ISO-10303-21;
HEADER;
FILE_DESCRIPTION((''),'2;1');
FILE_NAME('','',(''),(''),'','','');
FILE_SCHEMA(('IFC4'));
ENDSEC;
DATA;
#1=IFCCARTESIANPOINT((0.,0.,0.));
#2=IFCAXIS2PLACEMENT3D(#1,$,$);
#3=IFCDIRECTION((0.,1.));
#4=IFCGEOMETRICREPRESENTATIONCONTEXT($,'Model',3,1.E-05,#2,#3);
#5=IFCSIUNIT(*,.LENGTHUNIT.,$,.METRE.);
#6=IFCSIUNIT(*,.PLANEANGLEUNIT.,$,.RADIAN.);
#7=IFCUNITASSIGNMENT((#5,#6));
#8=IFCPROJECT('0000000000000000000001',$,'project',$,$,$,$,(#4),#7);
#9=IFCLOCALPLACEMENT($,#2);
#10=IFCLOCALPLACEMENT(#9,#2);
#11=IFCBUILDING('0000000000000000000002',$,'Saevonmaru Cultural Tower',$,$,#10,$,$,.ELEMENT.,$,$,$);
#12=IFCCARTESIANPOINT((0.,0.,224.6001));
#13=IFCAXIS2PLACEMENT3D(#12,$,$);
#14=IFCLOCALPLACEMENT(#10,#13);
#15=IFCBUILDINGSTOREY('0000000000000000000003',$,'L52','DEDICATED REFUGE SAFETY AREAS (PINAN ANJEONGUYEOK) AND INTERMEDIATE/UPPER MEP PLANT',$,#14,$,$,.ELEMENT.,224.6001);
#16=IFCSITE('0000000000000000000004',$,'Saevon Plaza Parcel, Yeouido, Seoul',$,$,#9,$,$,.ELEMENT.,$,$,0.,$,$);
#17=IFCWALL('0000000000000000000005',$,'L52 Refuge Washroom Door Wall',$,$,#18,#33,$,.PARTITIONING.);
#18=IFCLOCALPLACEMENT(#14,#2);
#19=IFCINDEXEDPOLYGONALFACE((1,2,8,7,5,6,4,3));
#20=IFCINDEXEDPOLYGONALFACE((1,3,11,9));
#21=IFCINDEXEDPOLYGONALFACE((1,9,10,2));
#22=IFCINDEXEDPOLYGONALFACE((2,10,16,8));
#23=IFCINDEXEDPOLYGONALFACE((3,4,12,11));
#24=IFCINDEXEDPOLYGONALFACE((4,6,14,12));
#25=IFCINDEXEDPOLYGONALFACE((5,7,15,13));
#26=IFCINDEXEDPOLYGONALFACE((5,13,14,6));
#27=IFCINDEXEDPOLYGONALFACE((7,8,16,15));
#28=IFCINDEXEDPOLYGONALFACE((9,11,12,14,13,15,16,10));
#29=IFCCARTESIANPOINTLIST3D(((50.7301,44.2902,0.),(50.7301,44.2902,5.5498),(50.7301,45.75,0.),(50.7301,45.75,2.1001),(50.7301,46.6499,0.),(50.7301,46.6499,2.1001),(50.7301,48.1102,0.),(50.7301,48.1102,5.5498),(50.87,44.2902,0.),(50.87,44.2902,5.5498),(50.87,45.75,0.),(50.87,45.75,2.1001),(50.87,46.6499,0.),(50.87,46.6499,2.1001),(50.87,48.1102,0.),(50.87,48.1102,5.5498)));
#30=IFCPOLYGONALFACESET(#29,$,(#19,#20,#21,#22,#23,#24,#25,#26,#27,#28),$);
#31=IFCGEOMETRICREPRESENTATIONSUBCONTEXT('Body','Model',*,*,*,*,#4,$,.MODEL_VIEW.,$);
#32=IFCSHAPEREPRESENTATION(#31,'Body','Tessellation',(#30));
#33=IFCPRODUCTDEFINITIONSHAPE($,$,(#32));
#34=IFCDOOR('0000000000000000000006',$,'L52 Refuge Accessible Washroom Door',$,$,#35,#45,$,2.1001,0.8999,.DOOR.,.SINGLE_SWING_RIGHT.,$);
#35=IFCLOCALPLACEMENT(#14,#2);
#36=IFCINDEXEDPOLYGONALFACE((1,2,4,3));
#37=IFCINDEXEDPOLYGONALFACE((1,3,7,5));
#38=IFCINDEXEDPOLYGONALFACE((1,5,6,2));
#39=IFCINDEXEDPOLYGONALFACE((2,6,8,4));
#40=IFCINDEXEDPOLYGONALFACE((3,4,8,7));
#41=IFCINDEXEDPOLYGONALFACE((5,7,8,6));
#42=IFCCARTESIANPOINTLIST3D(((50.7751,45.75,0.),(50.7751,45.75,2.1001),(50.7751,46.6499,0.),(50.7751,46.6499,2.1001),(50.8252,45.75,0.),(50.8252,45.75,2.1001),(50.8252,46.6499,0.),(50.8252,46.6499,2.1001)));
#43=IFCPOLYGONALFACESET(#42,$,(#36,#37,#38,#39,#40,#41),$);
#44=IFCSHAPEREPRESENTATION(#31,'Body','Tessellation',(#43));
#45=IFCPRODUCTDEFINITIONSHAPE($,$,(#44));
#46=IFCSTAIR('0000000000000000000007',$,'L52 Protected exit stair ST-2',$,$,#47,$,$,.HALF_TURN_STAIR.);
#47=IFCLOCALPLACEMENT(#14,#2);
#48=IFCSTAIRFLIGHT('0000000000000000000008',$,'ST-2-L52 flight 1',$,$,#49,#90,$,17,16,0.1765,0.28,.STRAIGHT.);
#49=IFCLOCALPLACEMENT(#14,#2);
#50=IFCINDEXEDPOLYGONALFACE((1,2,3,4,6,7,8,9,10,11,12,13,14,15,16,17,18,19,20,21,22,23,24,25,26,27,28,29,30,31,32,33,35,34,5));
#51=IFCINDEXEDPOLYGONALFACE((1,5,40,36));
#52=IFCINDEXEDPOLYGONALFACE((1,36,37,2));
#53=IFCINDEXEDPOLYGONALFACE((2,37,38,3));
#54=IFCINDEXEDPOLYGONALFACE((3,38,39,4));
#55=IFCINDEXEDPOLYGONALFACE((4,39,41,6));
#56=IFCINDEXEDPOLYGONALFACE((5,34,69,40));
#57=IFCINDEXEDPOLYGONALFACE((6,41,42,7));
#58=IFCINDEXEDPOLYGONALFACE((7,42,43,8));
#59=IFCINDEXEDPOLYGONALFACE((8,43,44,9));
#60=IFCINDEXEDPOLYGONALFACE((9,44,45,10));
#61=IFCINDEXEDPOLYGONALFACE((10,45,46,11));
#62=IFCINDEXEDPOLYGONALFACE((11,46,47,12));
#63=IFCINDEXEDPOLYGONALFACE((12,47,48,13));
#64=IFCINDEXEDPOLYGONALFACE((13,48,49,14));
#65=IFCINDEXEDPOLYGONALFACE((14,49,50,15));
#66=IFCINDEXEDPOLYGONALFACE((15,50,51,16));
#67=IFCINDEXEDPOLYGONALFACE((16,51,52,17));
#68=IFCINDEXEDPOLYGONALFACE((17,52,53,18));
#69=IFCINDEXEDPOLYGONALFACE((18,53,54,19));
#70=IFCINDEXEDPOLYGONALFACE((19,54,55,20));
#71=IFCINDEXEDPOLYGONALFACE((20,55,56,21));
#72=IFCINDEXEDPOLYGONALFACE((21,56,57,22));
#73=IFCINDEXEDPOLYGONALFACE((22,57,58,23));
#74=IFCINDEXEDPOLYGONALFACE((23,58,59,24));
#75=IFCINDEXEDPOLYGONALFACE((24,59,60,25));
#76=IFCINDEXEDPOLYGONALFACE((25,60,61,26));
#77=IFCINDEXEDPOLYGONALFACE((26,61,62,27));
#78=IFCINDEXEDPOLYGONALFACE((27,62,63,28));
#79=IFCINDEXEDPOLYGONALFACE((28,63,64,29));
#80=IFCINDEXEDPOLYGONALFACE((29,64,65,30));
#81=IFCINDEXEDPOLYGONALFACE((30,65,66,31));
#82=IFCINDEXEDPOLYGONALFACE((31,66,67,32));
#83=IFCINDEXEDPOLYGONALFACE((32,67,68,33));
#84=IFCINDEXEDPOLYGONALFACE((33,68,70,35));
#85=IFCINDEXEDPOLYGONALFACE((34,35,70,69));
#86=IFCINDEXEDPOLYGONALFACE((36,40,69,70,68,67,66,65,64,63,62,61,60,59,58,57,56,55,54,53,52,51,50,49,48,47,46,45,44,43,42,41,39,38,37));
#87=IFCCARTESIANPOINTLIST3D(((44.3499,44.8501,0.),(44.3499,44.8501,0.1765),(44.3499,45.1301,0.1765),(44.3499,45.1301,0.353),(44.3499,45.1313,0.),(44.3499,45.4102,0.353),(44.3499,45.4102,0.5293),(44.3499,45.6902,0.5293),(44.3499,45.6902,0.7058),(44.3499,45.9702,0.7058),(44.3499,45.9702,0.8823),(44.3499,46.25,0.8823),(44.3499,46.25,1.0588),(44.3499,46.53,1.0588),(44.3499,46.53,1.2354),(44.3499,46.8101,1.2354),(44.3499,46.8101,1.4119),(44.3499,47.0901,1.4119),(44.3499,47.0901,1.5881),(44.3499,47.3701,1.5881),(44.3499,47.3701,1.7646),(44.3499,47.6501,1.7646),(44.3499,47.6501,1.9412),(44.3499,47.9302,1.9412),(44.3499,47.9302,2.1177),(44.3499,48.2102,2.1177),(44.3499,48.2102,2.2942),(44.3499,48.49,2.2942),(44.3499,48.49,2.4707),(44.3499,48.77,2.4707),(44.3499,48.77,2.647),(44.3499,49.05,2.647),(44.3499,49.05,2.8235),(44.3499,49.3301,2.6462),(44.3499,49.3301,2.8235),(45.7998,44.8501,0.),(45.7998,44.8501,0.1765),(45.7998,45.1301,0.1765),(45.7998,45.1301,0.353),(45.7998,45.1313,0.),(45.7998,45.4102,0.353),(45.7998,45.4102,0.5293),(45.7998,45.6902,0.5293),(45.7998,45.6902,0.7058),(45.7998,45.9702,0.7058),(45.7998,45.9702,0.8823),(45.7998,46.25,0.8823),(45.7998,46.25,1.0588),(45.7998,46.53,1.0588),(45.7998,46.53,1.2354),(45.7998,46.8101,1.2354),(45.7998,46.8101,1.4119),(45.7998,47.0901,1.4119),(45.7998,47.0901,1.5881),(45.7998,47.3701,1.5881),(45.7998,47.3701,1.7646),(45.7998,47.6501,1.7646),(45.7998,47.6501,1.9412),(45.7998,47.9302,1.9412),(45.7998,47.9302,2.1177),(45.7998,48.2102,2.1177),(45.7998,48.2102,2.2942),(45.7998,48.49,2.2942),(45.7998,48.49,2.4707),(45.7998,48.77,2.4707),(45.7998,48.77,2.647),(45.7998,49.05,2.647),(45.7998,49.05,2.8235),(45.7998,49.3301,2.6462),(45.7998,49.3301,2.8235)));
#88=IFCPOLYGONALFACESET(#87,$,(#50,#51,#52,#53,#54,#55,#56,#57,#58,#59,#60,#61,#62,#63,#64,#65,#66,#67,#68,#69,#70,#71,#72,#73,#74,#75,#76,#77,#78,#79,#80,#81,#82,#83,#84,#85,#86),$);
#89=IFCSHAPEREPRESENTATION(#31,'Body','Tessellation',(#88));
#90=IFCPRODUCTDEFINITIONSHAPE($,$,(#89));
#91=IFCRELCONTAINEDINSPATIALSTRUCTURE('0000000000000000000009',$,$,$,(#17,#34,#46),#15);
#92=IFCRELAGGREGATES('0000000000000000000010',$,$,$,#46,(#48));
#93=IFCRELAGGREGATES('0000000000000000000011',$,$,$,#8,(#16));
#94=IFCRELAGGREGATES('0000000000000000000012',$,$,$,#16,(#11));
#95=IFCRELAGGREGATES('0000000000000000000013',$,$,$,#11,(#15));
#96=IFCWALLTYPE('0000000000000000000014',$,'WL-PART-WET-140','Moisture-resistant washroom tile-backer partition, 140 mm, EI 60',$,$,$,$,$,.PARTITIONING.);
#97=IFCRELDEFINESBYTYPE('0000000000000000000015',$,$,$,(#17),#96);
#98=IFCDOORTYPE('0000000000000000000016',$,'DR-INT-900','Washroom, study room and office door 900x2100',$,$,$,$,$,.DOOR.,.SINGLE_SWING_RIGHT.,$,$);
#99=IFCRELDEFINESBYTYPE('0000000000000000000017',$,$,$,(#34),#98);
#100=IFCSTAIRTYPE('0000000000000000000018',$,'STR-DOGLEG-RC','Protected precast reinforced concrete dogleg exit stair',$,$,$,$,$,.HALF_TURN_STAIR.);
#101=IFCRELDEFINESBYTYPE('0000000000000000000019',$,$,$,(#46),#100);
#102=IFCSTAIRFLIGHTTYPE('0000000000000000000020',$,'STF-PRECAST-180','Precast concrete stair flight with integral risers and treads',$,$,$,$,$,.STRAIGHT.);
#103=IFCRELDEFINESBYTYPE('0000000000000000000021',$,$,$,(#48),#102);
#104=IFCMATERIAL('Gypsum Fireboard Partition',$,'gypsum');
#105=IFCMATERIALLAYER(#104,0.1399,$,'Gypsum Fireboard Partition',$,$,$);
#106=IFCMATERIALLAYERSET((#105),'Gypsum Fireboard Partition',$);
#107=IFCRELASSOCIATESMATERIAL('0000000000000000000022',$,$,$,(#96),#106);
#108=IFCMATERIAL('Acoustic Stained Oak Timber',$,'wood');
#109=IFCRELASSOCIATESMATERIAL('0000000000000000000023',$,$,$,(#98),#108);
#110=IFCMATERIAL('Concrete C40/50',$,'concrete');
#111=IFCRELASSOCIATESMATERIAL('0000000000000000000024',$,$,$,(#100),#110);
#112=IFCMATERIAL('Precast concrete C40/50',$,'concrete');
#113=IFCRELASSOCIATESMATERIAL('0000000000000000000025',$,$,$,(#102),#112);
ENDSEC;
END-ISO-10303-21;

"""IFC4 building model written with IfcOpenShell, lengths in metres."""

from ifc_helpers import new_model, si_unit, direction, frame, frame_2d, origin, place, context, subcontext, project, spatial, polyline, rectangle, outline, extrude, material, layer, layer_set, type_object, element, fill, aggregate, save


model = new_model("IFC4")

# Units and contexts
model_context = context("Model", 3, precision=1e-05, world=origin(), true_north=direction((0.0, 1.0)))
body_context = subcontext(model_context, "Body", "Model", "MODEL_VIEW")
ifc_project = project(units=[si_unit("LENGTHUNIT", "METRE"), si_unit("PLANEANGLEUNIT", "RADIAN")], contexts=[model_context])

# Site, building, storey
site_placement = place(None, origin())
site = spatial("IfcSite", under=ifc_project, at=site_placement, Name="Saevon Plaza Parcel, Yeouido, Seoul", CompositionType="ELEMENT", RefElevation=0.0)
building_placement = place(site_placement, origin())
building = spatial("IfcBuilding", under=site, at=building_placement, Name="Saevonmaru Cultural Tower", CompositionType="ELEMENT")
storey_placement = place(building_placement, frame((0.0, 0.0, 224.6001)))
storey = spatial("IfcBuildingStorey", under=building, at=storey_placement, Name="L52", Description="DEDICATED REFUGE SAFETY AREAS (PINAN ANJEONGUYEOK) AND INTERMEDIATE/UPPER MEP PLANT", CompositionType="ELEMENT", Elevation=224.6001)

# Shared definitions
ifc_material_1 = material(Name="Gypsum Fireboard Partition", Category="gypsum")

# Shared definitions
ifc_layer_1 = layer(ifc_material_1, 0.1399, Name="Gypsum Fireboard Partition")
ifc_layer_set_1 = layer_set([ifc_layer_1], Name="Gypsum Fireboard Partition")
wall_type_1 = type_object("IfcWallType", Name="WL-PART-WET-140", Description="Moisture-resistant washroom tile-backer partition, 140 mm, EI 60", PredefinedType="PARTITIONING", material=ifc_layer_set_1)

# Wall, opening, door
wall_1_placement = place(storey_placement, frame((50.8, 44.29, 0.0), z_axis=(0.0, 0.0, 1.0), x_axis=(0.0, 1.0, 0.0)))
wall_1 = element("IfcWall", 1, at=wall_1_placement, inside=storey, type_object=wall_type_1, Name="L52 Refuge Washroom Door Wall", PredefinedType="PARTITIONING", context=body_context, shape_type="SweptSolid", body=[
    extrude(rectangle(XDim=3.8201, YDim=0.1399, at=frame_2d((1.9102, 0.0))), origin(), (0.0, 0.0, 1.0), 5.5498),
])
opening_1_placement = place(wall_1_placement, frame((1.46, 0.0, 0.0)))
opening_1 = element("IfcOpeningElement", 2, at=opening_1_placement, cuts=wall_1, PredefinedType="OPENING", context=body_context, shape_type="SweptSolid", body=[
    extrude(rectangle(XDim=0.8999, YDim=2.1001, at=frame_2d((0.45, 1.05))), frame((0.0, 0.0801, 0.0), z_axis=(0.0, -1.0, 0.0), x_axis=(1.0, 0.0, 0.0)), (0.0, 0.0, 1.0), 0.1599),
])
ifc_material_2 = material(Name="Acoustic Stained Oak Timber", Category="wood")
door_type_1 = type_object("IfcDoorType", Name="DR-INT-900", Description="Washroom, study room and office door 900x2100", OperationType="SINGLE_SWING_RIGHT", PredefinedType="DOOR", material=ifc_material_2)
door_1_placement = place(opening_1_placement, origin())
door_1 = element("IfcDoor", 3, at=door_1_placement, inside=storey, type_object=door_type_1, Name="L52 Refuge Accessible Washroom Door", OperationType="SINGLE_SWING_RIGHT", OverallHeight=2.1001, OverallWidth=0.8999, PredefinedType="DOOR", context=body_context, shape_type="SweptSolid", body=[
    extrude(rectangle(XDim=0.8999, YDim=2.1001, at=frame_2d((0.45, 1.05))), frame((0.0, 0.0249, 0.0), z_axis=(0.0, -1.0, 0.0), x_axis=(1.0, 0.0, 0.0)), (0.0, 0.0, 1.0), 0.05),
])
fill(opening_1, door_1)

# Stair, stair flight
ifc_material_3 = material(Name="Concrete C40/50", Category="concrete")
stair_type = type_object("IfcStairType", Name="STR-DOGLEG-RC", Description="Protected precast reinforced concrete dogleg exit stair", PredefinedType="HALF_TURN_STAIR", material=ifc_material_3)
stair_placement = place(storey_placement, origin())
stair = element("IfcStair", 4, at=stair_placement, inside=storey, type_object=stair_type, Name="L52 Protected exit stair ST-2", PredefinedType="HALF_TURN_STAIR")
ifc_material_4 = material(Name="Precast concrete C40/50", Category="concrete")
stair_flight_type = type_object("IfcStairFlightType", Name="STF-PRECAST-180", Description="Precast concrete stair flight with integral risers and treads", PredefinedType="STRAIGHT", material=ifc_material_4)
stair_flight_placement = place(storey_placement, frame((45.075, 44.8501, 0.0), z_axis=(0.0, 0.0, 1.0), x_axis=(0.0, 1.0, 0.0)))
stair_flight = element("IfcStairFlight", 5, at=stair_flight_placement, type_object=stair_flight_type, Name="ST-2-L52 flight 1", NumberOfRisers=17, NumberOfTreads=16, PredefinedType="STRAIGHT", RiserHeight=0.1765, TreadLength=0.28, context=body_context, shape_type="SweptSolid", body=[
    extrude(outline(polyline([(0.0, 0.0), (0.0, 0.1765), (0.28, 0.1765), (0.28, 0.353), (0.5601, 0.353), (0.5601, 0.5293), (0.8401, 0.5293), (0.8401, 0.7058), (1.1201, 0.7058), (1.1201, 0.8823), (1.3999, 0.8823), (1.3999, 1.0588), (1.6799, 1.0588), (1.6799, 1.2354), (1.96, 1.2354), (1.96, 1.4119), (2.24, 1.4119), (2.24, 1.5881), (2.52, 1.5881), (2.52, 1.7646), (2.8, 1.7646), (2.8, 1.9412), (3.0801, 1.9412), (3.0801, 2.1177), (3.3601, 2.1177), (3.3601, 2.2942), (3.6399, 2.2942), (3.6399, 2.4707), (3.9199, 2.4707), (3.9199, 2.647), (4.2, 2.647), (4.2, 2.8235), (4.48, 2.8235), (4.48, 3.0), (4.48, 2.6462), (0.2812, 0.0), (0.0, 0.0)])), frame((0.0, 0.7251, 0.0), z_axis=(0.0, -1.0, 0.0), x_axis=(1.0, 0.0, 0.0)), (0.0, 0.0, 1.0), 1.45),
])
aggregate(stair, [stair_flight])

save(model, "model.ifc")
